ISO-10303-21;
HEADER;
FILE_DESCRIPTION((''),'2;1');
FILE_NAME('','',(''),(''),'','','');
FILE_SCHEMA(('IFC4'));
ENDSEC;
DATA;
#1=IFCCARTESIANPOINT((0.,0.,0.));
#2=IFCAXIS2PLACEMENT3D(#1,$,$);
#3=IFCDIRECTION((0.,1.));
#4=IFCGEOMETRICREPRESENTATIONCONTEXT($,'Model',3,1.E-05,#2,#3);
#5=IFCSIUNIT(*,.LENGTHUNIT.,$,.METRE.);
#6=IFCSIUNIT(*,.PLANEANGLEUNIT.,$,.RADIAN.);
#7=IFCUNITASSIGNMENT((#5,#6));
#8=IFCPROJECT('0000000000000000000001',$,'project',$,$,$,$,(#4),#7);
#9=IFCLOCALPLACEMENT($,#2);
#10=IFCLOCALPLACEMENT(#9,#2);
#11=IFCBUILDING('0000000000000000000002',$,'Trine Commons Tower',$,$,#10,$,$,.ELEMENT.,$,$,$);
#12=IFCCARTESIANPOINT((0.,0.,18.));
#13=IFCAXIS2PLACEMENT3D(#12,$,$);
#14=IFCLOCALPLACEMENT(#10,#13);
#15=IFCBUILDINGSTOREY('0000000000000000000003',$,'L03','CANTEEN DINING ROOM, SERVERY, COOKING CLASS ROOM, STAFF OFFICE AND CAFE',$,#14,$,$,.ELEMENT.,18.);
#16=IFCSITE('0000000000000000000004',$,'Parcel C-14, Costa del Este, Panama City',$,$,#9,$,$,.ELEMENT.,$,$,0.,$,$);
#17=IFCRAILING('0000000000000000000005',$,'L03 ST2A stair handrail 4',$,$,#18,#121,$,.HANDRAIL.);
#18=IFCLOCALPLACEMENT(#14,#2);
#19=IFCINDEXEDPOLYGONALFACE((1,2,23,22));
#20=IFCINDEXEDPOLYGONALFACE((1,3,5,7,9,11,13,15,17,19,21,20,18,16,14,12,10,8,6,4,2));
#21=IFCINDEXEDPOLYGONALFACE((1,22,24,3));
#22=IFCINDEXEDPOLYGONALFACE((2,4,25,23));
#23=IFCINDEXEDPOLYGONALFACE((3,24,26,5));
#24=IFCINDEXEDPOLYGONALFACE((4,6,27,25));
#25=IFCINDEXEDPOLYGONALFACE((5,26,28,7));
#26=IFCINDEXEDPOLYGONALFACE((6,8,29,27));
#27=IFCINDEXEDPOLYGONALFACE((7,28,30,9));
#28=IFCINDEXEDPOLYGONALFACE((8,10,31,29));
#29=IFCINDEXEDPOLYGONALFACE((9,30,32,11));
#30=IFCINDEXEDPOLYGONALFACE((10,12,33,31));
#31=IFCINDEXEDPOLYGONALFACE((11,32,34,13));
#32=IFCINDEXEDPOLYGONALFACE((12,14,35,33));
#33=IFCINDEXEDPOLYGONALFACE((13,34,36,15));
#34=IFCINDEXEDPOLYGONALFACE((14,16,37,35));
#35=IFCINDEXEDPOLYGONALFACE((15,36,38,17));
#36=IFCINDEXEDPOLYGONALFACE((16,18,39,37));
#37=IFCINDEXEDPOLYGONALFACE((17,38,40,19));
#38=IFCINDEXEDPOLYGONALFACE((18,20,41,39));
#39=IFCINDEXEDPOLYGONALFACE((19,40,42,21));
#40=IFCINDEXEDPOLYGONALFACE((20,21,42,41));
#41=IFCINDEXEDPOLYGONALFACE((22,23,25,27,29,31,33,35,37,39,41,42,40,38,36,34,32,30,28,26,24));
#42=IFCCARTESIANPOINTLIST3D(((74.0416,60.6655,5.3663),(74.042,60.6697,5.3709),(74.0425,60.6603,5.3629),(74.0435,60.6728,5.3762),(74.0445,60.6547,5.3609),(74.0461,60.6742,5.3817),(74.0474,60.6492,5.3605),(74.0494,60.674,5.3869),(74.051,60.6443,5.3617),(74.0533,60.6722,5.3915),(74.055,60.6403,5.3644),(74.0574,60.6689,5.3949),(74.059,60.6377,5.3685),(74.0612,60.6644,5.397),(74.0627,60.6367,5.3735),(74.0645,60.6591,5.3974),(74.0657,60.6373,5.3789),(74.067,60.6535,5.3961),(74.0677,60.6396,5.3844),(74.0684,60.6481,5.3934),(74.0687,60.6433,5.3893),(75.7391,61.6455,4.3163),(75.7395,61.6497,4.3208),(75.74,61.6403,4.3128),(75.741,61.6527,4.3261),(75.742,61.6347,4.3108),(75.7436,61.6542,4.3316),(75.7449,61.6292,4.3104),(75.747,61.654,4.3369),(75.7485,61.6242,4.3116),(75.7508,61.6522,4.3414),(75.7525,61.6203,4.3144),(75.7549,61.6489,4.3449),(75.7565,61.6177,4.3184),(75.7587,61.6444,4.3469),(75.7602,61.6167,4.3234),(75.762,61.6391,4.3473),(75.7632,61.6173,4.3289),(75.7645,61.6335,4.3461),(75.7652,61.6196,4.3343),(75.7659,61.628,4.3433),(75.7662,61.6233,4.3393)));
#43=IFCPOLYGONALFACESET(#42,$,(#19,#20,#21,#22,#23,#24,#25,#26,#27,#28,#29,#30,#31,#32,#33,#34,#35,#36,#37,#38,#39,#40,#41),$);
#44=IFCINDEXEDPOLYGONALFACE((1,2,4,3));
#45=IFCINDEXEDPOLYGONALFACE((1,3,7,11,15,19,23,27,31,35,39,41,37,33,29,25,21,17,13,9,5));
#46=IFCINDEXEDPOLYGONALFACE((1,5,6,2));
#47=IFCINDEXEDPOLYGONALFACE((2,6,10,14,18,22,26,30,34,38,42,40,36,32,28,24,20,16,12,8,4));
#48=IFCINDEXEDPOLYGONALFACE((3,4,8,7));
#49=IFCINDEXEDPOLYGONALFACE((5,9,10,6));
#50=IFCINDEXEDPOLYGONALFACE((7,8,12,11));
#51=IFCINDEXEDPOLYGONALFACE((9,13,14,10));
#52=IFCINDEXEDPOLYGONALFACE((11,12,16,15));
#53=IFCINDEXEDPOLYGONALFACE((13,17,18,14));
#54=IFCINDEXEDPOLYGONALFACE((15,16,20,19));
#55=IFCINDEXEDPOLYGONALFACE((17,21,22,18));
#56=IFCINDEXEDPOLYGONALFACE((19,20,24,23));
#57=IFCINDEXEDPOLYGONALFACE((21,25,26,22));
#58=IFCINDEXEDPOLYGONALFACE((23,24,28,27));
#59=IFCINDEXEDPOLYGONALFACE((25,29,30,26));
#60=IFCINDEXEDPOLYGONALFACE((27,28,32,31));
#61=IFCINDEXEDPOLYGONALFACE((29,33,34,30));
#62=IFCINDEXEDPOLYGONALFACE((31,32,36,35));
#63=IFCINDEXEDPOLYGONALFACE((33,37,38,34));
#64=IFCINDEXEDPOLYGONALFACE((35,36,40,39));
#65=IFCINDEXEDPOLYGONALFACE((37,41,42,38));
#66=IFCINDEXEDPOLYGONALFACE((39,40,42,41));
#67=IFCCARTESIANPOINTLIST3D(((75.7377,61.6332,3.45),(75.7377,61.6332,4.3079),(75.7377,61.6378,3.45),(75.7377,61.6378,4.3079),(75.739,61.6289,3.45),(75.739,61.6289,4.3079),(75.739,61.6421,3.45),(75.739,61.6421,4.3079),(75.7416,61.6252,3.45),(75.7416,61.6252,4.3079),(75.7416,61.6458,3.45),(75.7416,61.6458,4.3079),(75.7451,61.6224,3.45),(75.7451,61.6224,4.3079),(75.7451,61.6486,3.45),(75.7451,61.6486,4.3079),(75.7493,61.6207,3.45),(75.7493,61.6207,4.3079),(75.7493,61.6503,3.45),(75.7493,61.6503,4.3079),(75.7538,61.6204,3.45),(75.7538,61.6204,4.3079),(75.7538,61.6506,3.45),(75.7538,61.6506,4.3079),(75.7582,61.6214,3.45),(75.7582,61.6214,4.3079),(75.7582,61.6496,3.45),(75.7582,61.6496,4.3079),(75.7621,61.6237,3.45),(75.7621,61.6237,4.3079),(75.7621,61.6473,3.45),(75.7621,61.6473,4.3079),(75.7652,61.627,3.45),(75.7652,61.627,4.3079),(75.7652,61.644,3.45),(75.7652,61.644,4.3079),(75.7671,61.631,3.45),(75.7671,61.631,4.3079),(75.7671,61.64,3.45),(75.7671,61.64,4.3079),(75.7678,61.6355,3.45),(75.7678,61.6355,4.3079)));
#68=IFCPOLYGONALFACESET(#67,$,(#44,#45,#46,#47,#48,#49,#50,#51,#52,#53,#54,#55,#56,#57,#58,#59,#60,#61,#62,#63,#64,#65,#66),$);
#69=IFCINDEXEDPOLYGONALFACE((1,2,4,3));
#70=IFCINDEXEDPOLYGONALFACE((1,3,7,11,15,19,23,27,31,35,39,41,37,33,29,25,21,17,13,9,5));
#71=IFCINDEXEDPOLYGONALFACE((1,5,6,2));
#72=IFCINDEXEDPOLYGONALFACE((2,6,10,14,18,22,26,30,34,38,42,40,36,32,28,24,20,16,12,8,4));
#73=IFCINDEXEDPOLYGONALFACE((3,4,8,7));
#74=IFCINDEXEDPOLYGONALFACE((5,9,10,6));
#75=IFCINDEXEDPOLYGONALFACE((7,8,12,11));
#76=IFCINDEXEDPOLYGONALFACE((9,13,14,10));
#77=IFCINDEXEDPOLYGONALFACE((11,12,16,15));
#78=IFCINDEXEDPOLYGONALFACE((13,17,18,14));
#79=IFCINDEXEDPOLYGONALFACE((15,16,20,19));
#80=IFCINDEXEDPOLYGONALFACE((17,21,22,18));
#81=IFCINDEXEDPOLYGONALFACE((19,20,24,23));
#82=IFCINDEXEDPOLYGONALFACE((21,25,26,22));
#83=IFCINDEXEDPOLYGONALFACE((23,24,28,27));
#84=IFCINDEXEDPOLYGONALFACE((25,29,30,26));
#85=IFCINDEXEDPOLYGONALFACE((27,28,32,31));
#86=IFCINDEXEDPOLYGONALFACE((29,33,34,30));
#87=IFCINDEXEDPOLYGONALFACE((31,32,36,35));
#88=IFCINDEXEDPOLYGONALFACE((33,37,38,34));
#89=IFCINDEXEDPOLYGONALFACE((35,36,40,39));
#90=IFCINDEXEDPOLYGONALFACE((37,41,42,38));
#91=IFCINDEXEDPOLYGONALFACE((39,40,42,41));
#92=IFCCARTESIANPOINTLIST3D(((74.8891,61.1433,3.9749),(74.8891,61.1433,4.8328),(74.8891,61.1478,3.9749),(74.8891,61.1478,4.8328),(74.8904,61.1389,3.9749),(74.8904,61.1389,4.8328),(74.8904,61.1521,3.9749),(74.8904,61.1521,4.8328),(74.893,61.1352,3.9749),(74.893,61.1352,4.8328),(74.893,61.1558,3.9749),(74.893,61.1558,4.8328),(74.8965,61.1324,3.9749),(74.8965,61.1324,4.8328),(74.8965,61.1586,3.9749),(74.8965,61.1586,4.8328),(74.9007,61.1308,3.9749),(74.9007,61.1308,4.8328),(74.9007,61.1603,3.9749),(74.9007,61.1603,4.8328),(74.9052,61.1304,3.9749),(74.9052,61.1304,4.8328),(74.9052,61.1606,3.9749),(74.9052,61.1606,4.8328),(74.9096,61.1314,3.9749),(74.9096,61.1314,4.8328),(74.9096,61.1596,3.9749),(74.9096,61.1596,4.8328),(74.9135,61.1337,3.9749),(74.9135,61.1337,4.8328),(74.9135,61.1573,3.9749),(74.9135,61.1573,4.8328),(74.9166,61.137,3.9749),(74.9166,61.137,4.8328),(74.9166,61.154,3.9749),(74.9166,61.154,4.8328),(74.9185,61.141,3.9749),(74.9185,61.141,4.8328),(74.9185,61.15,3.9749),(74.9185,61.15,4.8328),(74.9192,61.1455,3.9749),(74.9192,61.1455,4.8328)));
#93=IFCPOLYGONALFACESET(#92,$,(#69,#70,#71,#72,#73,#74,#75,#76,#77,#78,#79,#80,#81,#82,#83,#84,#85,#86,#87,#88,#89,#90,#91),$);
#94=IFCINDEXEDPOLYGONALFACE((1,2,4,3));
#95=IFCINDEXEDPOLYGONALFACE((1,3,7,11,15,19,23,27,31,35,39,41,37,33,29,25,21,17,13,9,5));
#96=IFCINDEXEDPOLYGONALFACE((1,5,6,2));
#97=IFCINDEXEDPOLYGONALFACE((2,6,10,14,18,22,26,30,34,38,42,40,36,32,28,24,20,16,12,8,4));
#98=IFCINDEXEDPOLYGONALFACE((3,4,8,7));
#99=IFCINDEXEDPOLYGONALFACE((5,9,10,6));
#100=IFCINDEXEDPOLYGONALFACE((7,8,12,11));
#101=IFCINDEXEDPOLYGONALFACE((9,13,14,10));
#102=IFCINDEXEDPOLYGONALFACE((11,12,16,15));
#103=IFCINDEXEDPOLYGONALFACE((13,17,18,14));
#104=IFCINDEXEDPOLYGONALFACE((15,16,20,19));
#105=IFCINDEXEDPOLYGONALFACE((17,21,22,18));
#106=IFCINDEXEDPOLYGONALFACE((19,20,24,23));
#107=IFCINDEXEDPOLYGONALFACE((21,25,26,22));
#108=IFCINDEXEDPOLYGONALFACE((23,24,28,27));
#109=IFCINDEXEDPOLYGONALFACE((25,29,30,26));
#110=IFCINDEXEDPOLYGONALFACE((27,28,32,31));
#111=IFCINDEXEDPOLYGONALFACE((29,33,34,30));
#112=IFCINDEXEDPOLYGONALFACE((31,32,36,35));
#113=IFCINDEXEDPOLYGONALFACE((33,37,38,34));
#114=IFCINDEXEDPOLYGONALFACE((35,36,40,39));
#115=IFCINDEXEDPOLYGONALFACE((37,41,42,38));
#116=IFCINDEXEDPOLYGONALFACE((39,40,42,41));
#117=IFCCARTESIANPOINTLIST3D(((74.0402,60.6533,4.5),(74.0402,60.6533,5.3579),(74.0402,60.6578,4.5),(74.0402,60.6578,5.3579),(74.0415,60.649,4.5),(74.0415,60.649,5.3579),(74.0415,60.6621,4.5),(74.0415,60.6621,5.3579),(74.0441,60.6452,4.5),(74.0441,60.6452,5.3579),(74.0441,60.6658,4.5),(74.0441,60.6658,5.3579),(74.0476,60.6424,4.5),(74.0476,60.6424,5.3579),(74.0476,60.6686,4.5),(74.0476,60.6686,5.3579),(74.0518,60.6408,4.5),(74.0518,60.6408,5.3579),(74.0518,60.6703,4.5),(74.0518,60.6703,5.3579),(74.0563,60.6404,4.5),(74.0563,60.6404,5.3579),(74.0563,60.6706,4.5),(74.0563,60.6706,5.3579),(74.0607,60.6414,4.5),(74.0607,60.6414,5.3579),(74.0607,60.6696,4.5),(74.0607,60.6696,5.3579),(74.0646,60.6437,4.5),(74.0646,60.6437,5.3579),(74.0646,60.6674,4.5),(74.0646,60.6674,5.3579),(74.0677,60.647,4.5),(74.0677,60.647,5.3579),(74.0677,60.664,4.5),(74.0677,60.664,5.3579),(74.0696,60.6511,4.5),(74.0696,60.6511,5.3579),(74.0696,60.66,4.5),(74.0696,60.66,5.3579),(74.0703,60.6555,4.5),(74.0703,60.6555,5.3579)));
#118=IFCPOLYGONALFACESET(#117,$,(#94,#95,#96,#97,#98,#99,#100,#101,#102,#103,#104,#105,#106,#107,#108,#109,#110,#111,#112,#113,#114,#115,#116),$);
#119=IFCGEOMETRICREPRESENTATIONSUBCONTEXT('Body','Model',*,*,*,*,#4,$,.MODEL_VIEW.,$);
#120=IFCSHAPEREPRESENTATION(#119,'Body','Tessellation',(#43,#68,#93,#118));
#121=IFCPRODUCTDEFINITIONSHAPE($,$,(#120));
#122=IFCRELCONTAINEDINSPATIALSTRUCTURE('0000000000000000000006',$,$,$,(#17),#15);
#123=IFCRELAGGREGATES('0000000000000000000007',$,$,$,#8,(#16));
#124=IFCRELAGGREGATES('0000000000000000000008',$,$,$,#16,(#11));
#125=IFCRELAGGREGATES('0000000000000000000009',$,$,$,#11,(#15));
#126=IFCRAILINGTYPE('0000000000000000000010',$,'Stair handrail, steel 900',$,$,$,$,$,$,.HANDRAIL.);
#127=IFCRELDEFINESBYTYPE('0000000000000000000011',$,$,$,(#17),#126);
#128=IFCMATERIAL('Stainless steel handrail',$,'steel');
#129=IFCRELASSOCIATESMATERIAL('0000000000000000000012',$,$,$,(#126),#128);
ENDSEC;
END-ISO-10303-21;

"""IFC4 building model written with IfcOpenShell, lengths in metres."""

from ifc_helpers import new_model, si_unit, direction, frame, origin, origin_2d, place, context, subcontext, project, spatial, circle, extrude, material, type_object, element, save


model = new_model("IFC4")

# Units and contexts
model_context = context("Model", 3, precision=1e-05, world=origin(), true_north=direction((0.0, 1.0)))
body_context = subcontext(model_context, "Body", "Model", "MODEL_VIEW")
ifc_project = project(units=[si_unit("LENGTHUNIT", "METRE"), si_unit("PLANEANGLEUNIT", "RADIAN")], contexts=[model_context])

# Site, building, storey
site_placement = place(None, origin())
site = spatial("IfcSite", under=ifc_project, at=site_placement, Name="Parcel C-14, Costa del Este, Panama City", CompositionType="ELEMENT", RefElevation=0.0)
building_placement = place(site_placement, origin())
building = spatial("IfcBuilding", under=site, at=building_placement, Name="Trine Commons Tower", CompositionType="ELEMENT")
storey_placement = place(building_placement, frame((0.0, 0.0, 18.0)))
storey = spatial("IfcBuildingStorey", under=building, at=storey_placement, Name="L03", Description="CANTEEN DINING ROOM, SERVERY, COOKING CLASS ROOM, STAFF OFFICE AND CAFE", CompositionType="ELEMENT", Elevation=18.0)

# Railing
ifc_material_1 = material(Name="Stainless steel handrail", Category="steel")
railing_type_1 = type_object("IfcRailingType", Name="Stair handrail, steel 900", PredefinedType="HANDRAIL", material=ifc_material_1)
railing_1_placement = place(storey_placement, frame((75.7527, 61.6355, 3.45)))
element("IfcRailing", 1, at=railing_1_placement, inside=storey, type_object=railing_type_1, Name="L03 ST2A stair handrail 4", PredefinedType="HANDRAIL", context=body_context, shape_type="SweptSolid", body=[
    extrude(circle(Radius=0.021, at=origin_2d()), frame((0.0, 0.0, 0.8789), z_axis=(-0.763398, -0.440713, 0.472224), x_axis=(0.49997, -0.866042, 0.0)), (0.0, 0.0, 1.0), 2.2236),
    extrude(circle(Radius=0.0151, at=origin_2d()), origin(), (0.0, 0.0, 1.0), 0.8579),
    extrude(circle(Radius=0.0151, at=origin_2d()), frame((-0.8486, -0.49, 0.5249)), (0.0, 0.0, 1.0), 0.8579),
    extrude(circle(Radius=0.0151, at=origin_2d()), frame((-1.6975, -0.98, 1.05)), (0.0, 0.0, 1.0), 0.8579),
])

save(model, "model.ifc")
